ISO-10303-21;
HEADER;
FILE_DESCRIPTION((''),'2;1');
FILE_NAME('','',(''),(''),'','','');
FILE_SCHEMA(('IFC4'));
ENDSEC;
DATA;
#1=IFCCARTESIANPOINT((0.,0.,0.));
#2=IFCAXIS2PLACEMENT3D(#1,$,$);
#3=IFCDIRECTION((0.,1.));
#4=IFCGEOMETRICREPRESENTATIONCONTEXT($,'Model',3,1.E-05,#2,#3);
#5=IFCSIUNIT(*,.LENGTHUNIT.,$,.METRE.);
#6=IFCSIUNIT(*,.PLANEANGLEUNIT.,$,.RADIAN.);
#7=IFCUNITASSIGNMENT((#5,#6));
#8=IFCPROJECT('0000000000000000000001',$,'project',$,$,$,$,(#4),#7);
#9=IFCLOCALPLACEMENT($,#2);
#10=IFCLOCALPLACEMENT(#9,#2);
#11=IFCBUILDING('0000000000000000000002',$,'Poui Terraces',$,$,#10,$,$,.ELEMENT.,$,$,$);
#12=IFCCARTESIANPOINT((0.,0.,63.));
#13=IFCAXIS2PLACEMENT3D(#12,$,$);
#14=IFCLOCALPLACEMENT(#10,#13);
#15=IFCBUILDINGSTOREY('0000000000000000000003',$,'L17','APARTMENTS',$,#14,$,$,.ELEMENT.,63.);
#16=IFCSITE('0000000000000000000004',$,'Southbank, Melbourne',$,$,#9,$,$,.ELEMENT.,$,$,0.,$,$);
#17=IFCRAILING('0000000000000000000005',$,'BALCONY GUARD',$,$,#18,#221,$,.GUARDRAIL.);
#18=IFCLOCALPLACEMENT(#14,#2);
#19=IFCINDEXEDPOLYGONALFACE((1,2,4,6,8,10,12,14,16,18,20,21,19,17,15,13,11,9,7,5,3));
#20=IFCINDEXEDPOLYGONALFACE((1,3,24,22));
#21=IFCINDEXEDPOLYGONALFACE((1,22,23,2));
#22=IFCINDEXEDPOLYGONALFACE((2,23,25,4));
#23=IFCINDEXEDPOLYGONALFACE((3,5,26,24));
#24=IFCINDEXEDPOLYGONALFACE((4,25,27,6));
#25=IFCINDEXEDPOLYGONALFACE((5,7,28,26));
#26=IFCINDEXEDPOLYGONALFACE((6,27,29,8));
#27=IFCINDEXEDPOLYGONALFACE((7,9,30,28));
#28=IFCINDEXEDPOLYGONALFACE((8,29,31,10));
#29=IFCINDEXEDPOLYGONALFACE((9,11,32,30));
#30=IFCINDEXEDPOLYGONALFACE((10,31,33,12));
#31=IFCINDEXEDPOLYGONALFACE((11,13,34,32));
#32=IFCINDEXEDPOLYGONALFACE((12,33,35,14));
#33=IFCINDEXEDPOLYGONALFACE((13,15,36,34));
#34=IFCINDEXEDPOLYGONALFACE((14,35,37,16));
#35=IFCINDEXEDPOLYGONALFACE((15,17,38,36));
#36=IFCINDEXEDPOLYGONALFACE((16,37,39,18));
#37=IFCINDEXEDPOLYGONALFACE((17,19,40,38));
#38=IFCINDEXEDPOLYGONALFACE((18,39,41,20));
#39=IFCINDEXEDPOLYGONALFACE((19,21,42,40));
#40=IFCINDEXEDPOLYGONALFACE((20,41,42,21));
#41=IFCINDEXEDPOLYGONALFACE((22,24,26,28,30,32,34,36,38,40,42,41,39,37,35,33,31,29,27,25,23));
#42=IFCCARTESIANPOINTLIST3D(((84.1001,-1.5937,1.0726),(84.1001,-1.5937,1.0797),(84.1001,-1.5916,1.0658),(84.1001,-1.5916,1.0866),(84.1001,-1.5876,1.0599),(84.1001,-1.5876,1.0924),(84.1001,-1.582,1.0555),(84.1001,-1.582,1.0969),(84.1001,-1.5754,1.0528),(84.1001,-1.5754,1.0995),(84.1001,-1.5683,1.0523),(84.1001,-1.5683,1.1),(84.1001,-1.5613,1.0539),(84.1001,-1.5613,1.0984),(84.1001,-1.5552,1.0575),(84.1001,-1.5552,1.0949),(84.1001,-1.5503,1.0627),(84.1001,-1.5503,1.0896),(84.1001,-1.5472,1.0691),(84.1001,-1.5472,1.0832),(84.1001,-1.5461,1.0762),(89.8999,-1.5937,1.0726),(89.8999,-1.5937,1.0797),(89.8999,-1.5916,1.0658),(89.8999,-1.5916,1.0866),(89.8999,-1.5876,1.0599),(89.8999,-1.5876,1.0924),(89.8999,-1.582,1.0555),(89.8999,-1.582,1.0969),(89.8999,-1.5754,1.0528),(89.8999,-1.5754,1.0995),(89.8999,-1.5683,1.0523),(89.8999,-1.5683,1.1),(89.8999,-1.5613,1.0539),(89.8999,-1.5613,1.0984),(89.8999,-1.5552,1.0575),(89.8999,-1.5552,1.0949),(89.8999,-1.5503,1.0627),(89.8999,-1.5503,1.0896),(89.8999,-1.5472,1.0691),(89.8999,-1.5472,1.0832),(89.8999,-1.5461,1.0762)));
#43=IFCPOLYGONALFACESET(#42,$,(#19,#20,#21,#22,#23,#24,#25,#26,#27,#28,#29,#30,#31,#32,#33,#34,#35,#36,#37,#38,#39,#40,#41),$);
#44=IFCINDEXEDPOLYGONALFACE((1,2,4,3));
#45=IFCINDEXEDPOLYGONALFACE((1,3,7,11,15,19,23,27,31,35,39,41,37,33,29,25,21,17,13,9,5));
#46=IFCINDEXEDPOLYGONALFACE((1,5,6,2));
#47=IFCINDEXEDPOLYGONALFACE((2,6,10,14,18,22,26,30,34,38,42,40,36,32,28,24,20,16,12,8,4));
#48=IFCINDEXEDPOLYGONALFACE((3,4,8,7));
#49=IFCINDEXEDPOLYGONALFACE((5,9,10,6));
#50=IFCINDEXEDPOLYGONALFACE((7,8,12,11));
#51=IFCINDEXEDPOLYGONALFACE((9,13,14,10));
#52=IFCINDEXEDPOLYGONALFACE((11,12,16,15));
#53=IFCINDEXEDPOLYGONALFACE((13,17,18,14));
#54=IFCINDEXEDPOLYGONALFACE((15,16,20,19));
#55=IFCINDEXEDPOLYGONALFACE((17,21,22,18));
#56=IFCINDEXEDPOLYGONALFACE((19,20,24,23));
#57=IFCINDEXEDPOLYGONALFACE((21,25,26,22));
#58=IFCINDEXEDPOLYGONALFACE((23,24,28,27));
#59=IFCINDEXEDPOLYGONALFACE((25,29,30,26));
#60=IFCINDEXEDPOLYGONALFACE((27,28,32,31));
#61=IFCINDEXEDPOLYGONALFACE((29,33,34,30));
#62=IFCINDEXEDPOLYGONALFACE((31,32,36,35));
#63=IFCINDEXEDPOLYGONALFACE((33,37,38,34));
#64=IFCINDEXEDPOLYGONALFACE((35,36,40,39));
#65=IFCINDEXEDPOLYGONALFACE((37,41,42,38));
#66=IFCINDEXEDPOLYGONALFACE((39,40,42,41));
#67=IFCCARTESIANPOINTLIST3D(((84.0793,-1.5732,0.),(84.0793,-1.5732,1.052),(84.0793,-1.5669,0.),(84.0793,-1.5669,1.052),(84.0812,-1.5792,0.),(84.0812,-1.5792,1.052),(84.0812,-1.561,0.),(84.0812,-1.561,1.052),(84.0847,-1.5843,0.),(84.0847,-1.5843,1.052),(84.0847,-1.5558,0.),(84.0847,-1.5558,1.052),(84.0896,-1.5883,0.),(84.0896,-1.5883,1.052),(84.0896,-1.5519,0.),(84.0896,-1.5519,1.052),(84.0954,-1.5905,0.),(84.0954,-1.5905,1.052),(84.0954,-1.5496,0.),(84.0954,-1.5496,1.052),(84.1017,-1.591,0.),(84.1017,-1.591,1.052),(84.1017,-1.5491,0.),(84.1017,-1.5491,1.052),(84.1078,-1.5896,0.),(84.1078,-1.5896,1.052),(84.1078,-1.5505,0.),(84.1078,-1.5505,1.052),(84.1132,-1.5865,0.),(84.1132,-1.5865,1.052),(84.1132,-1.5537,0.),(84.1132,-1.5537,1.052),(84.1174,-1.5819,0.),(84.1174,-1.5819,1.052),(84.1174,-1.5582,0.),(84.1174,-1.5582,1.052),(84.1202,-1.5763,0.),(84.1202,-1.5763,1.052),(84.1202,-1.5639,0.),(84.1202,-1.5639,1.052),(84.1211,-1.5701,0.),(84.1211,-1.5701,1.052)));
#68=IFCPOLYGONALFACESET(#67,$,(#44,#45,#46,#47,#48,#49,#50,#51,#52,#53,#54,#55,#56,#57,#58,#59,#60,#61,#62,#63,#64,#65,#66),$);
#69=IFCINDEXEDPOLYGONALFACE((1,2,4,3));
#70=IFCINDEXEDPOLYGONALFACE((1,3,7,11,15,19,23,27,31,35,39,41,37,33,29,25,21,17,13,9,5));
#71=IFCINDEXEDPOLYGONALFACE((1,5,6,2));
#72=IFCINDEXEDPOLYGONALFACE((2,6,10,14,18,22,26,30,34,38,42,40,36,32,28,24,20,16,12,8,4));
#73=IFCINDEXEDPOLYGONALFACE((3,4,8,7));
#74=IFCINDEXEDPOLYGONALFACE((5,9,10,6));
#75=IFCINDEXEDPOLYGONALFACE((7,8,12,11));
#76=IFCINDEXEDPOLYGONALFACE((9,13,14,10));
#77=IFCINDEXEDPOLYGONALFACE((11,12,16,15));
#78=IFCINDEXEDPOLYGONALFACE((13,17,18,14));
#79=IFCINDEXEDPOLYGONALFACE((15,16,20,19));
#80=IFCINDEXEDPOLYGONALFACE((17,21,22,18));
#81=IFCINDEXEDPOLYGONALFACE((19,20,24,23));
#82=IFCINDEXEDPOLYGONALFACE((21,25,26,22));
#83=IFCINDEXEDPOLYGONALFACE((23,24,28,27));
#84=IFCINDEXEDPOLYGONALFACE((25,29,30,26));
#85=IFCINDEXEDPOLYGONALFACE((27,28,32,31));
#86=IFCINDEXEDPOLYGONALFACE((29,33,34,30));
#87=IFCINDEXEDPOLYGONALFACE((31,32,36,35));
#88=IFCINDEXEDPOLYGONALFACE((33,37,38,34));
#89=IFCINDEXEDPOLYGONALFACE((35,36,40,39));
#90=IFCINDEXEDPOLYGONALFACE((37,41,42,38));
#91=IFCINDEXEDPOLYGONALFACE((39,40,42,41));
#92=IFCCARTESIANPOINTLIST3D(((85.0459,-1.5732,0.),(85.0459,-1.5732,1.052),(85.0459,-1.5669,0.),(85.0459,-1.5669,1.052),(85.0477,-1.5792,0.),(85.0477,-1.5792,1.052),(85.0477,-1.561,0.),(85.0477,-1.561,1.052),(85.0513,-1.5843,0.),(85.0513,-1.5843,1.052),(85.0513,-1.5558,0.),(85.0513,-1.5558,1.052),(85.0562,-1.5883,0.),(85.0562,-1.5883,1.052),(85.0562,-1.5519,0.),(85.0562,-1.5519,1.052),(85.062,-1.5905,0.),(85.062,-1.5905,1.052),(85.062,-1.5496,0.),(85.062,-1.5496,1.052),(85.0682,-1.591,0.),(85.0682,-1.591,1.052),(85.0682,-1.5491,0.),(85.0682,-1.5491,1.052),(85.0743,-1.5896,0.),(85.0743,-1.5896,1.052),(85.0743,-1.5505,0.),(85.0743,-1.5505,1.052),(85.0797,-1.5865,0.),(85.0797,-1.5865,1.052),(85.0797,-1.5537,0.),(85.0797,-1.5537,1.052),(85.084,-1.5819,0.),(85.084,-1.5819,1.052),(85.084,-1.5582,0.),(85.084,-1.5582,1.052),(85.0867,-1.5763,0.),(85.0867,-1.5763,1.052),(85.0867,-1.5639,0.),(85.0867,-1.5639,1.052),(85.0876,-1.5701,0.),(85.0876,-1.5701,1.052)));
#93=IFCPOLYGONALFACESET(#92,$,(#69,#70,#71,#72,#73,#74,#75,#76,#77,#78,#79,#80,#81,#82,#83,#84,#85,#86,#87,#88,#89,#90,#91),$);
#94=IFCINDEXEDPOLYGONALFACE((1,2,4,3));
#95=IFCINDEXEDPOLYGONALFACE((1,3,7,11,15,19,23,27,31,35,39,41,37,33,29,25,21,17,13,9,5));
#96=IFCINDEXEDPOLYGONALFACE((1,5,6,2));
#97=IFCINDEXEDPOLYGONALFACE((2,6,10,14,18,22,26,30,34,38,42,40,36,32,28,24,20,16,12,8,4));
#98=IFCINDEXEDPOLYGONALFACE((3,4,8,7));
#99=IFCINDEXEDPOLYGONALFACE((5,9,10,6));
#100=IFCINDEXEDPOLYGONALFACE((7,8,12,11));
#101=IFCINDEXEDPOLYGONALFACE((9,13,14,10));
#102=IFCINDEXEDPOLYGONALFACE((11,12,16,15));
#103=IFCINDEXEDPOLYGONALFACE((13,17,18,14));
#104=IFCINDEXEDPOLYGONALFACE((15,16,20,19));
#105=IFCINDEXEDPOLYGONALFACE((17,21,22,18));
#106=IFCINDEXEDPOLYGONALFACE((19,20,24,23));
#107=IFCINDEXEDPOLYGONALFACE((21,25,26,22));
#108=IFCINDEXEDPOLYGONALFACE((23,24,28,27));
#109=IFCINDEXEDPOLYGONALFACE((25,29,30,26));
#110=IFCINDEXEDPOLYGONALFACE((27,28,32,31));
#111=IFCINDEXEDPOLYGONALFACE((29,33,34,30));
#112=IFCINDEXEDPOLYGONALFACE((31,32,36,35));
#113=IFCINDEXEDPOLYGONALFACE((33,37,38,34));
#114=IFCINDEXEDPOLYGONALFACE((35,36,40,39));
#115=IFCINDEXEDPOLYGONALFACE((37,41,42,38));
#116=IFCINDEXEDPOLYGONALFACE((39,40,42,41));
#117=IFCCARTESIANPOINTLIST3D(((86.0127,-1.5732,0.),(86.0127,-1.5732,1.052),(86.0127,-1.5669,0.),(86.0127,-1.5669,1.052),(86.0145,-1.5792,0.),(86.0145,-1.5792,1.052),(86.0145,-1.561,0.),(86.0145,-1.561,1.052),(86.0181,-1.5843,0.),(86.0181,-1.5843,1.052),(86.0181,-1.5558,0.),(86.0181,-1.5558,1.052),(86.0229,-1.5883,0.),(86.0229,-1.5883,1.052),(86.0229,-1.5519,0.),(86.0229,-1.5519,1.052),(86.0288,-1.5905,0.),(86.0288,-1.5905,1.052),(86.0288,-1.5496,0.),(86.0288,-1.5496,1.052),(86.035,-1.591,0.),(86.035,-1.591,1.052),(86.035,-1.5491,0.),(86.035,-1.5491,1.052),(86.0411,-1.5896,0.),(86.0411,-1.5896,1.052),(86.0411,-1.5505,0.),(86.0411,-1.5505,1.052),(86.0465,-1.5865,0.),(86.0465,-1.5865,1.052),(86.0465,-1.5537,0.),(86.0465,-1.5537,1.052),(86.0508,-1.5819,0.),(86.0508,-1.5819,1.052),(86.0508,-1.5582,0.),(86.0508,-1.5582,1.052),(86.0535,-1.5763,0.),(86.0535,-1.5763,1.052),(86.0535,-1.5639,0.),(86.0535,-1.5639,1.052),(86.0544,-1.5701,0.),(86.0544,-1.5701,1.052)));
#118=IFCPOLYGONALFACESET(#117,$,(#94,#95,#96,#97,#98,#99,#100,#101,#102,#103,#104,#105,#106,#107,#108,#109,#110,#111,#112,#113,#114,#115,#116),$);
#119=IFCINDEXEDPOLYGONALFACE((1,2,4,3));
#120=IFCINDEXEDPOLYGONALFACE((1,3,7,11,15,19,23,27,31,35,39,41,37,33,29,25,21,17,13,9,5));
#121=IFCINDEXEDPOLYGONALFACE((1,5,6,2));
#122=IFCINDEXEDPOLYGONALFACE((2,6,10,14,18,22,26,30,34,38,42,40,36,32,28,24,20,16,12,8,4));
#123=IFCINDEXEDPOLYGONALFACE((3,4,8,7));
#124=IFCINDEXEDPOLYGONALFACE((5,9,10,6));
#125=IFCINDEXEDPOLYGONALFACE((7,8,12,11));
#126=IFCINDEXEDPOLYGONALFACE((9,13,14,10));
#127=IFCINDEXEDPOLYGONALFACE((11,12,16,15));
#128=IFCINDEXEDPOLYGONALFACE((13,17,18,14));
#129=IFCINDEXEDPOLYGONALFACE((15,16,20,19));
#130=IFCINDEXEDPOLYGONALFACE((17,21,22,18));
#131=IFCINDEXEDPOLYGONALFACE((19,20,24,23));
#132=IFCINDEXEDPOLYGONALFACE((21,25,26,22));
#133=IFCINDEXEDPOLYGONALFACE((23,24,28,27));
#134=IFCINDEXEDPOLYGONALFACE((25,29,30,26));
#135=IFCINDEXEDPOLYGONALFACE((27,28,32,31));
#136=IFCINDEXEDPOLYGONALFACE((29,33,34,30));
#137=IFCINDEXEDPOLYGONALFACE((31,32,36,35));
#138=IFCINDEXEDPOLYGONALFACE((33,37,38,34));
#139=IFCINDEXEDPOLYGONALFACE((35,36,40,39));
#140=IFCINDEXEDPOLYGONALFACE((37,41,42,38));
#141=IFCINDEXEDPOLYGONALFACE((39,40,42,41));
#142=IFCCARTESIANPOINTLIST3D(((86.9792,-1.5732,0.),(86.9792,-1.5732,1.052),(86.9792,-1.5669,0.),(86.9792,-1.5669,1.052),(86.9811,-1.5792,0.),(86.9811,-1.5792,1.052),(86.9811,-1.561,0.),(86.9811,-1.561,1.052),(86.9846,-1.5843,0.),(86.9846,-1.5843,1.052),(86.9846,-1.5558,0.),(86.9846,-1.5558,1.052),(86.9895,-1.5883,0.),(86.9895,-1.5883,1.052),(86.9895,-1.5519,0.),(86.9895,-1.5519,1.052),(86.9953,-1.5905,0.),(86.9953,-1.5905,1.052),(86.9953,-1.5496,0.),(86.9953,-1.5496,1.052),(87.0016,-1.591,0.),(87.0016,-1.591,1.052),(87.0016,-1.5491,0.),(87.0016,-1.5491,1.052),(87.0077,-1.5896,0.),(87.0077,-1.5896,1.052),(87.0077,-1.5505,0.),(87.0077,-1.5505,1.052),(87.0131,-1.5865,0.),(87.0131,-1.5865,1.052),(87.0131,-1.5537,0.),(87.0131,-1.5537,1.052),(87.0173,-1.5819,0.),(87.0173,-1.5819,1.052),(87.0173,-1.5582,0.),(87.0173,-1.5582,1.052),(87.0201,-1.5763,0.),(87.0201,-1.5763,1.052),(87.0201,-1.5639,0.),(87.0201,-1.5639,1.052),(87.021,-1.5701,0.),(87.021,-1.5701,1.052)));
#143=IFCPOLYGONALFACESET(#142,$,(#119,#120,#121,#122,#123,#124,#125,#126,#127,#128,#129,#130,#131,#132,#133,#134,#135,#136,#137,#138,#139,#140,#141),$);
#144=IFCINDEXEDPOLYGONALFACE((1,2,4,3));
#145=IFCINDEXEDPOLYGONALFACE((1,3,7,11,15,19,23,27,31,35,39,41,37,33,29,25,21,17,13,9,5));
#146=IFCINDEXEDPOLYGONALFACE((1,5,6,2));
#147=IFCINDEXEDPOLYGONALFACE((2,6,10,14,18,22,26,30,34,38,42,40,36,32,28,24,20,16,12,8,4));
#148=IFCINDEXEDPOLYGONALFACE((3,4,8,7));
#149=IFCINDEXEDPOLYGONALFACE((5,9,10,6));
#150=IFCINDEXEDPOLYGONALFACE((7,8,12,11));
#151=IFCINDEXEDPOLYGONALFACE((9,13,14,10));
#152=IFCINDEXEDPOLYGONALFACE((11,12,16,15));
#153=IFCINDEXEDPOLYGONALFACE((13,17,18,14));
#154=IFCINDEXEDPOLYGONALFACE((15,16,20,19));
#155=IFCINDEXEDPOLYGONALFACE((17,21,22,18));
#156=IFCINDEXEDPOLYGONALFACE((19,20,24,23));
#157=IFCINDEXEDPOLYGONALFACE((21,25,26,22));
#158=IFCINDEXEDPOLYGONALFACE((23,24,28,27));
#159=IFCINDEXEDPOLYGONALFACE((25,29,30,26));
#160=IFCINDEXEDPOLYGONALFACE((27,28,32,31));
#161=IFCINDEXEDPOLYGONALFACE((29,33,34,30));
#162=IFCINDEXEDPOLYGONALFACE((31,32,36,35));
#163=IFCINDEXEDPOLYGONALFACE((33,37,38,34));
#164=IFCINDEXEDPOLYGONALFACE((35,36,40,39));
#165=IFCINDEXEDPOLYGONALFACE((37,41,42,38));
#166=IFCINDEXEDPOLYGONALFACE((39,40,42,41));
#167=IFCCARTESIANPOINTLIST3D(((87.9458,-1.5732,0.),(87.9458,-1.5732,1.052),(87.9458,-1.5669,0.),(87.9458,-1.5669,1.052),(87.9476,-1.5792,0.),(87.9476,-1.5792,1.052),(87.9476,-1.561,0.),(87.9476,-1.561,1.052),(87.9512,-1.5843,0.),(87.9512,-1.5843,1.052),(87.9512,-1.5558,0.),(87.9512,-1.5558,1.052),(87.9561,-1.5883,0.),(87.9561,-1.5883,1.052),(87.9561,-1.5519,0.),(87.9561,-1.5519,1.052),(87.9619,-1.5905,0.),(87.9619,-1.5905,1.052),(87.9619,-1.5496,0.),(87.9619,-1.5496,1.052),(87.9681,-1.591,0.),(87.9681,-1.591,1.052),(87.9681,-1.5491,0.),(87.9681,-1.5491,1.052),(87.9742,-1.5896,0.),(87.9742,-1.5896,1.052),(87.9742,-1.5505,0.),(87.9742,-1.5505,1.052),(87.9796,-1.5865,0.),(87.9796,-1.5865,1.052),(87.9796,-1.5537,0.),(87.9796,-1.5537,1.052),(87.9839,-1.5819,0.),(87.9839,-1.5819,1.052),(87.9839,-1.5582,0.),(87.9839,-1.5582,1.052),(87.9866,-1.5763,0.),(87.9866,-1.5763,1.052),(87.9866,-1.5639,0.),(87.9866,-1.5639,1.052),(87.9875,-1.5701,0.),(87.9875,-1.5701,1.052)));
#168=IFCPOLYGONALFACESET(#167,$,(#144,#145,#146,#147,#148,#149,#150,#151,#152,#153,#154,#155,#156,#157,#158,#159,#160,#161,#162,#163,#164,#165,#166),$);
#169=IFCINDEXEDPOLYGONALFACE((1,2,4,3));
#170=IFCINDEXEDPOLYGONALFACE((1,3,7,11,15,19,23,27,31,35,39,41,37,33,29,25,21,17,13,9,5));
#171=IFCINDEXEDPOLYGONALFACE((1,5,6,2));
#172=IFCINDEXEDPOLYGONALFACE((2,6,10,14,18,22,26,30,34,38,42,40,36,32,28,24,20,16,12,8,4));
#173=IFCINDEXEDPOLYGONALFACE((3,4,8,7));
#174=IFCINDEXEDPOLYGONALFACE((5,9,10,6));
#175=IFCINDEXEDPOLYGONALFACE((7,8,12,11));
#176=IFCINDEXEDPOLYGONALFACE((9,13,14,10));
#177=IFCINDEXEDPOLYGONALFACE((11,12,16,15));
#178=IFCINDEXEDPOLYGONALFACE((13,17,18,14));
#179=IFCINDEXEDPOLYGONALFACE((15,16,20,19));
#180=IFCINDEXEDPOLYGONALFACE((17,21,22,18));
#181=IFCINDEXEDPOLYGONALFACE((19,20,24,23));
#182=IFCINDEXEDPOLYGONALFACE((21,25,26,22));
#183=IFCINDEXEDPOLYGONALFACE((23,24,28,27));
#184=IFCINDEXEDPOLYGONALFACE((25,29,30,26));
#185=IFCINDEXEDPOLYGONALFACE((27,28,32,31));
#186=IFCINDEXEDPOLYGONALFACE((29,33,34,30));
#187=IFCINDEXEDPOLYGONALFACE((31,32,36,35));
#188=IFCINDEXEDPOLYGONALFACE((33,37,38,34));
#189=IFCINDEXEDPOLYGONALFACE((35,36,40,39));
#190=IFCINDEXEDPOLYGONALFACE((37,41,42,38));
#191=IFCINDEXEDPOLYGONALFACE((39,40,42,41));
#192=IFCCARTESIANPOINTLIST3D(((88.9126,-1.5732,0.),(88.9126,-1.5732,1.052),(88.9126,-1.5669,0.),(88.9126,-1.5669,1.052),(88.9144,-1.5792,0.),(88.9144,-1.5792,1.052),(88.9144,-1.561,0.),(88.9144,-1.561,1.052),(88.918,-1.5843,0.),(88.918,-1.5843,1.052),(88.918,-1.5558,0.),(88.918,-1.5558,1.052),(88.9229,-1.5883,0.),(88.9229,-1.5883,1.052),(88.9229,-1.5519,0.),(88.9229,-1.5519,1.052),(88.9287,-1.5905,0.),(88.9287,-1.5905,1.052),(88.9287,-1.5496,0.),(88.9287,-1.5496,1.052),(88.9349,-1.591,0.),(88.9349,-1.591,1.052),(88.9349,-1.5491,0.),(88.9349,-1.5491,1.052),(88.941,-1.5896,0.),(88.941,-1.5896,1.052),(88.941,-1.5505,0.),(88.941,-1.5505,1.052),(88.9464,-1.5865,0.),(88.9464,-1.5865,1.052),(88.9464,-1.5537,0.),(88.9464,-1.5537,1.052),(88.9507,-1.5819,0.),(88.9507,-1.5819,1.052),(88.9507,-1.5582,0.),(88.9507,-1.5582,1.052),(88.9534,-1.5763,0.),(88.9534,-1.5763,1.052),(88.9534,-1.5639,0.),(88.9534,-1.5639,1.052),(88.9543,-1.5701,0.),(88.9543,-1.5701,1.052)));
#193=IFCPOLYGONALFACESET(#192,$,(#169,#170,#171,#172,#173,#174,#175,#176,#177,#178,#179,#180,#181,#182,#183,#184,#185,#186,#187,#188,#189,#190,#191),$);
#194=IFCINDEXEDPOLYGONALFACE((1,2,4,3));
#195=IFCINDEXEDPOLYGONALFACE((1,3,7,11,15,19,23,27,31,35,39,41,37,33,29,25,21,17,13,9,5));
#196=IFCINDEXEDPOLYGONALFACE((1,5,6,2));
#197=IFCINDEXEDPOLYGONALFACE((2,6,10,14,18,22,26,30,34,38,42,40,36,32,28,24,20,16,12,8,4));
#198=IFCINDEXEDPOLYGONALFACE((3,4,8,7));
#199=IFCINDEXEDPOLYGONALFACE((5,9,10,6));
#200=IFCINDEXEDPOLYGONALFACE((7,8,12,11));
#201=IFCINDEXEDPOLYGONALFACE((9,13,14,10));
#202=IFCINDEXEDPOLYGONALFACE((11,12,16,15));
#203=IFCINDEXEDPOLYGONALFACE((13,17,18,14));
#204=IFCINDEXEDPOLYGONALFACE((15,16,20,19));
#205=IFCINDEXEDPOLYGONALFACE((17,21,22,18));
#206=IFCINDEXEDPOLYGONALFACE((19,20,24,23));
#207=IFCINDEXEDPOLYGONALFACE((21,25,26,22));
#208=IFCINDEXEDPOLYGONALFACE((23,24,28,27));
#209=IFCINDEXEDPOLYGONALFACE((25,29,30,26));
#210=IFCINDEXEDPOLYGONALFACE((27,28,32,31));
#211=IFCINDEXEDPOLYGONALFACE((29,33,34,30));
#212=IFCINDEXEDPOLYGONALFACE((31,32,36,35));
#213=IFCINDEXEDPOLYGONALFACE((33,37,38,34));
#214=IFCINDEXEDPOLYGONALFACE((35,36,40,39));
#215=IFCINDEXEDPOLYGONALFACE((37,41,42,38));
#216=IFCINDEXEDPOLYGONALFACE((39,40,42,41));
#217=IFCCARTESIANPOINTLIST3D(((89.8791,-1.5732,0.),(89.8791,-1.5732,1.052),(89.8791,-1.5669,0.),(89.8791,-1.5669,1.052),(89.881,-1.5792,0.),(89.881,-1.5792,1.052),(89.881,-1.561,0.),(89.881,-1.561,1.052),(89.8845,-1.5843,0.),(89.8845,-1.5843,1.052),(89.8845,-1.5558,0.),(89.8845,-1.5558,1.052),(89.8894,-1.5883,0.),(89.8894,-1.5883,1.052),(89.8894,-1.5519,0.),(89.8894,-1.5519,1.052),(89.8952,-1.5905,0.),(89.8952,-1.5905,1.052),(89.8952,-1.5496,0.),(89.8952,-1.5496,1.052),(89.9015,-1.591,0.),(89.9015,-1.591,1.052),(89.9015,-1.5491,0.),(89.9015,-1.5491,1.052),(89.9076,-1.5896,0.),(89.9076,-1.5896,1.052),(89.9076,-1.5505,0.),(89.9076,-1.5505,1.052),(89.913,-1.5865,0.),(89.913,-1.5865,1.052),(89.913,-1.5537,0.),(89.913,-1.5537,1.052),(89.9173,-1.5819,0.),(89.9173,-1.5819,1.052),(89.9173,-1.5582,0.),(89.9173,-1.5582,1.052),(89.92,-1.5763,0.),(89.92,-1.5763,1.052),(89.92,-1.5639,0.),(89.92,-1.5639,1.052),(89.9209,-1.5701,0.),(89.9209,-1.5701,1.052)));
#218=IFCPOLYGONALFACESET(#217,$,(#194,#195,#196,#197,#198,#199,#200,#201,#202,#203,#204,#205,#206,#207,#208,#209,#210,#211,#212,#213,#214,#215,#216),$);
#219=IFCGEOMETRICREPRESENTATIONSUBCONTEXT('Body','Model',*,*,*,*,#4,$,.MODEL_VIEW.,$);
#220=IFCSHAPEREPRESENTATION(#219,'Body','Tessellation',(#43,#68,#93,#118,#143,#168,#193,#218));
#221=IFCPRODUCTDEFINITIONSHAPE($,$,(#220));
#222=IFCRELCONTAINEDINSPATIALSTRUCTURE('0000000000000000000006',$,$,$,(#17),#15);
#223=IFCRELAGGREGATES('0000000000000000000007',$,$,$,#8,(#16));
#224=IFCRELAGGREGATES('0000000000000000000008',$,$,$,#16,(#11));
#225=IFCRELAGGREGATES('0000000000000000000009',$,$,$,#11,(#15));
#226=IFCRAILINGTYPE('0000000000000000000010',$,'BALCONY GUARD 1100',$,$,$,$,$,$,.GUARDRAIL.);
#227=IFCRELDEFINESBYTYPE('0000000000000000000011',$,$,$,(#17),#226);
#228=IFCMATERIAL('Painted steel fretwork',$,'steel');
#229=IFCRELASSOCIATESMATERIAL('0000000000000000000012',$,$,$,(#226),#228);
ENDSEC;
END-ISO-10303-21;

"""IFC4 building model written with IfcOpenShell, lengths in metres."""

from ifc_helpers import new_model, si_unit, direction, frame, origin, origin_2d, place, context, subcontext, project, spatial, circle, extrude, material, type_object, element, save


model = new_model("IFC4")

# Units and contexts
model_context = context("Model", 3, precision=1e-05, world=origin(), true_north=direction((0.0, 1.0)))
body_context = subcontext(model_context, "Body", "Model", "MODEL_VIEW")
ifc_project = project(units=[si_unit("LENGTHUNIT", "METRE"), si_unit("PLANEANGLEUNIT", "RADIAN")], contexts=[model_context])

# Site, building, storey
site_placement = place(None, origin())
site = spatial("IfcSite", under=ifc_project, at=site_placement, Name="Southbank, Melbourne", CompositionType="ELEMENT", RefElevation=0.0)
building_placement = place(site_placement, origin())
building = spatial("IfcBuilding", under=site, at=building_placement, Name="Poui Terraces", CompositionType="ELEMENT")
storey_placement = place(building_placement, frame((0.0, 0.0, 63.0)))
storey = spatial("IfcBuildingStorey", under=building, at=storey_placement, Name="L17", Description="APARTMENTS", CompositionType="ELEMENT", Elevation=63.0)

# Railing
ifc_material_1 = material(Name="Painted steel fretwork", Category="steel")
railing_type = type_object("IfcRailingType", Name="BALCONY GUARD 1100", PredefinedType="GUARDRAIL", material=ifc_material_1)
railing_placement = place(storey_placement, frame((84.1001, -1.5701, 0.0)))
element("IfcRailing", 1, at=railing_placement, inside=storey, type_object=railing_type, Name="BALCONY GUARD", PredefinedType="GUARDRAIL", context=body_context, shape_type="SweptSolid", body=[
    extrude(circle(Radius=0.0239, at=origin_2d()), frame((0.0, 0.0, 1.0762), z_axis=(1.0, 0.0, 0.0), x_axis=(0.0, 1.0, 0.0)), (0.0, 0.0, 1.0), 5.7998),
    extrude(circle(Radius=0.021, at=origin_2d()), origin(), (0.0, 0.0, 1.0), 1.052),
    extrude(circle(Radius=0.021, at=origin_2d()), frame((0.9666, 0.0, 0.0)), (0.0, 0.0, 1.0), 1.052),
    extrude(circle(Radius=0.021, at=origin_2d()), frame((1.9333, 0.0, 0.0)), (0.0, 0.0, 1.0), 1.052),
    extrude(circle(Radius=0.021, at=origin_2d()), frame((2.8999, 0.0, 0.0)), (0.0, 0.0, 1.0), 1.052),
    extrude(circle(Radius=0.021, at=origin_2d()), frame((3.8665, 0.0, 0.0)), (0.0, 0.0, 1.0), 1.052),
    extrude(circle(Radius=0.021, at=origin_2d()), frame((4.8333, 0.0, 0.0)), (0.0, 0.0, 1.0), 1.052),
    extrude(circle(Radius=0.021, at=origin_2d()), frame((5.7998, 0.0, 0.0)), (0.0, 0.0, 1.0), 1.052),
])

save(model, "model.ifc")
